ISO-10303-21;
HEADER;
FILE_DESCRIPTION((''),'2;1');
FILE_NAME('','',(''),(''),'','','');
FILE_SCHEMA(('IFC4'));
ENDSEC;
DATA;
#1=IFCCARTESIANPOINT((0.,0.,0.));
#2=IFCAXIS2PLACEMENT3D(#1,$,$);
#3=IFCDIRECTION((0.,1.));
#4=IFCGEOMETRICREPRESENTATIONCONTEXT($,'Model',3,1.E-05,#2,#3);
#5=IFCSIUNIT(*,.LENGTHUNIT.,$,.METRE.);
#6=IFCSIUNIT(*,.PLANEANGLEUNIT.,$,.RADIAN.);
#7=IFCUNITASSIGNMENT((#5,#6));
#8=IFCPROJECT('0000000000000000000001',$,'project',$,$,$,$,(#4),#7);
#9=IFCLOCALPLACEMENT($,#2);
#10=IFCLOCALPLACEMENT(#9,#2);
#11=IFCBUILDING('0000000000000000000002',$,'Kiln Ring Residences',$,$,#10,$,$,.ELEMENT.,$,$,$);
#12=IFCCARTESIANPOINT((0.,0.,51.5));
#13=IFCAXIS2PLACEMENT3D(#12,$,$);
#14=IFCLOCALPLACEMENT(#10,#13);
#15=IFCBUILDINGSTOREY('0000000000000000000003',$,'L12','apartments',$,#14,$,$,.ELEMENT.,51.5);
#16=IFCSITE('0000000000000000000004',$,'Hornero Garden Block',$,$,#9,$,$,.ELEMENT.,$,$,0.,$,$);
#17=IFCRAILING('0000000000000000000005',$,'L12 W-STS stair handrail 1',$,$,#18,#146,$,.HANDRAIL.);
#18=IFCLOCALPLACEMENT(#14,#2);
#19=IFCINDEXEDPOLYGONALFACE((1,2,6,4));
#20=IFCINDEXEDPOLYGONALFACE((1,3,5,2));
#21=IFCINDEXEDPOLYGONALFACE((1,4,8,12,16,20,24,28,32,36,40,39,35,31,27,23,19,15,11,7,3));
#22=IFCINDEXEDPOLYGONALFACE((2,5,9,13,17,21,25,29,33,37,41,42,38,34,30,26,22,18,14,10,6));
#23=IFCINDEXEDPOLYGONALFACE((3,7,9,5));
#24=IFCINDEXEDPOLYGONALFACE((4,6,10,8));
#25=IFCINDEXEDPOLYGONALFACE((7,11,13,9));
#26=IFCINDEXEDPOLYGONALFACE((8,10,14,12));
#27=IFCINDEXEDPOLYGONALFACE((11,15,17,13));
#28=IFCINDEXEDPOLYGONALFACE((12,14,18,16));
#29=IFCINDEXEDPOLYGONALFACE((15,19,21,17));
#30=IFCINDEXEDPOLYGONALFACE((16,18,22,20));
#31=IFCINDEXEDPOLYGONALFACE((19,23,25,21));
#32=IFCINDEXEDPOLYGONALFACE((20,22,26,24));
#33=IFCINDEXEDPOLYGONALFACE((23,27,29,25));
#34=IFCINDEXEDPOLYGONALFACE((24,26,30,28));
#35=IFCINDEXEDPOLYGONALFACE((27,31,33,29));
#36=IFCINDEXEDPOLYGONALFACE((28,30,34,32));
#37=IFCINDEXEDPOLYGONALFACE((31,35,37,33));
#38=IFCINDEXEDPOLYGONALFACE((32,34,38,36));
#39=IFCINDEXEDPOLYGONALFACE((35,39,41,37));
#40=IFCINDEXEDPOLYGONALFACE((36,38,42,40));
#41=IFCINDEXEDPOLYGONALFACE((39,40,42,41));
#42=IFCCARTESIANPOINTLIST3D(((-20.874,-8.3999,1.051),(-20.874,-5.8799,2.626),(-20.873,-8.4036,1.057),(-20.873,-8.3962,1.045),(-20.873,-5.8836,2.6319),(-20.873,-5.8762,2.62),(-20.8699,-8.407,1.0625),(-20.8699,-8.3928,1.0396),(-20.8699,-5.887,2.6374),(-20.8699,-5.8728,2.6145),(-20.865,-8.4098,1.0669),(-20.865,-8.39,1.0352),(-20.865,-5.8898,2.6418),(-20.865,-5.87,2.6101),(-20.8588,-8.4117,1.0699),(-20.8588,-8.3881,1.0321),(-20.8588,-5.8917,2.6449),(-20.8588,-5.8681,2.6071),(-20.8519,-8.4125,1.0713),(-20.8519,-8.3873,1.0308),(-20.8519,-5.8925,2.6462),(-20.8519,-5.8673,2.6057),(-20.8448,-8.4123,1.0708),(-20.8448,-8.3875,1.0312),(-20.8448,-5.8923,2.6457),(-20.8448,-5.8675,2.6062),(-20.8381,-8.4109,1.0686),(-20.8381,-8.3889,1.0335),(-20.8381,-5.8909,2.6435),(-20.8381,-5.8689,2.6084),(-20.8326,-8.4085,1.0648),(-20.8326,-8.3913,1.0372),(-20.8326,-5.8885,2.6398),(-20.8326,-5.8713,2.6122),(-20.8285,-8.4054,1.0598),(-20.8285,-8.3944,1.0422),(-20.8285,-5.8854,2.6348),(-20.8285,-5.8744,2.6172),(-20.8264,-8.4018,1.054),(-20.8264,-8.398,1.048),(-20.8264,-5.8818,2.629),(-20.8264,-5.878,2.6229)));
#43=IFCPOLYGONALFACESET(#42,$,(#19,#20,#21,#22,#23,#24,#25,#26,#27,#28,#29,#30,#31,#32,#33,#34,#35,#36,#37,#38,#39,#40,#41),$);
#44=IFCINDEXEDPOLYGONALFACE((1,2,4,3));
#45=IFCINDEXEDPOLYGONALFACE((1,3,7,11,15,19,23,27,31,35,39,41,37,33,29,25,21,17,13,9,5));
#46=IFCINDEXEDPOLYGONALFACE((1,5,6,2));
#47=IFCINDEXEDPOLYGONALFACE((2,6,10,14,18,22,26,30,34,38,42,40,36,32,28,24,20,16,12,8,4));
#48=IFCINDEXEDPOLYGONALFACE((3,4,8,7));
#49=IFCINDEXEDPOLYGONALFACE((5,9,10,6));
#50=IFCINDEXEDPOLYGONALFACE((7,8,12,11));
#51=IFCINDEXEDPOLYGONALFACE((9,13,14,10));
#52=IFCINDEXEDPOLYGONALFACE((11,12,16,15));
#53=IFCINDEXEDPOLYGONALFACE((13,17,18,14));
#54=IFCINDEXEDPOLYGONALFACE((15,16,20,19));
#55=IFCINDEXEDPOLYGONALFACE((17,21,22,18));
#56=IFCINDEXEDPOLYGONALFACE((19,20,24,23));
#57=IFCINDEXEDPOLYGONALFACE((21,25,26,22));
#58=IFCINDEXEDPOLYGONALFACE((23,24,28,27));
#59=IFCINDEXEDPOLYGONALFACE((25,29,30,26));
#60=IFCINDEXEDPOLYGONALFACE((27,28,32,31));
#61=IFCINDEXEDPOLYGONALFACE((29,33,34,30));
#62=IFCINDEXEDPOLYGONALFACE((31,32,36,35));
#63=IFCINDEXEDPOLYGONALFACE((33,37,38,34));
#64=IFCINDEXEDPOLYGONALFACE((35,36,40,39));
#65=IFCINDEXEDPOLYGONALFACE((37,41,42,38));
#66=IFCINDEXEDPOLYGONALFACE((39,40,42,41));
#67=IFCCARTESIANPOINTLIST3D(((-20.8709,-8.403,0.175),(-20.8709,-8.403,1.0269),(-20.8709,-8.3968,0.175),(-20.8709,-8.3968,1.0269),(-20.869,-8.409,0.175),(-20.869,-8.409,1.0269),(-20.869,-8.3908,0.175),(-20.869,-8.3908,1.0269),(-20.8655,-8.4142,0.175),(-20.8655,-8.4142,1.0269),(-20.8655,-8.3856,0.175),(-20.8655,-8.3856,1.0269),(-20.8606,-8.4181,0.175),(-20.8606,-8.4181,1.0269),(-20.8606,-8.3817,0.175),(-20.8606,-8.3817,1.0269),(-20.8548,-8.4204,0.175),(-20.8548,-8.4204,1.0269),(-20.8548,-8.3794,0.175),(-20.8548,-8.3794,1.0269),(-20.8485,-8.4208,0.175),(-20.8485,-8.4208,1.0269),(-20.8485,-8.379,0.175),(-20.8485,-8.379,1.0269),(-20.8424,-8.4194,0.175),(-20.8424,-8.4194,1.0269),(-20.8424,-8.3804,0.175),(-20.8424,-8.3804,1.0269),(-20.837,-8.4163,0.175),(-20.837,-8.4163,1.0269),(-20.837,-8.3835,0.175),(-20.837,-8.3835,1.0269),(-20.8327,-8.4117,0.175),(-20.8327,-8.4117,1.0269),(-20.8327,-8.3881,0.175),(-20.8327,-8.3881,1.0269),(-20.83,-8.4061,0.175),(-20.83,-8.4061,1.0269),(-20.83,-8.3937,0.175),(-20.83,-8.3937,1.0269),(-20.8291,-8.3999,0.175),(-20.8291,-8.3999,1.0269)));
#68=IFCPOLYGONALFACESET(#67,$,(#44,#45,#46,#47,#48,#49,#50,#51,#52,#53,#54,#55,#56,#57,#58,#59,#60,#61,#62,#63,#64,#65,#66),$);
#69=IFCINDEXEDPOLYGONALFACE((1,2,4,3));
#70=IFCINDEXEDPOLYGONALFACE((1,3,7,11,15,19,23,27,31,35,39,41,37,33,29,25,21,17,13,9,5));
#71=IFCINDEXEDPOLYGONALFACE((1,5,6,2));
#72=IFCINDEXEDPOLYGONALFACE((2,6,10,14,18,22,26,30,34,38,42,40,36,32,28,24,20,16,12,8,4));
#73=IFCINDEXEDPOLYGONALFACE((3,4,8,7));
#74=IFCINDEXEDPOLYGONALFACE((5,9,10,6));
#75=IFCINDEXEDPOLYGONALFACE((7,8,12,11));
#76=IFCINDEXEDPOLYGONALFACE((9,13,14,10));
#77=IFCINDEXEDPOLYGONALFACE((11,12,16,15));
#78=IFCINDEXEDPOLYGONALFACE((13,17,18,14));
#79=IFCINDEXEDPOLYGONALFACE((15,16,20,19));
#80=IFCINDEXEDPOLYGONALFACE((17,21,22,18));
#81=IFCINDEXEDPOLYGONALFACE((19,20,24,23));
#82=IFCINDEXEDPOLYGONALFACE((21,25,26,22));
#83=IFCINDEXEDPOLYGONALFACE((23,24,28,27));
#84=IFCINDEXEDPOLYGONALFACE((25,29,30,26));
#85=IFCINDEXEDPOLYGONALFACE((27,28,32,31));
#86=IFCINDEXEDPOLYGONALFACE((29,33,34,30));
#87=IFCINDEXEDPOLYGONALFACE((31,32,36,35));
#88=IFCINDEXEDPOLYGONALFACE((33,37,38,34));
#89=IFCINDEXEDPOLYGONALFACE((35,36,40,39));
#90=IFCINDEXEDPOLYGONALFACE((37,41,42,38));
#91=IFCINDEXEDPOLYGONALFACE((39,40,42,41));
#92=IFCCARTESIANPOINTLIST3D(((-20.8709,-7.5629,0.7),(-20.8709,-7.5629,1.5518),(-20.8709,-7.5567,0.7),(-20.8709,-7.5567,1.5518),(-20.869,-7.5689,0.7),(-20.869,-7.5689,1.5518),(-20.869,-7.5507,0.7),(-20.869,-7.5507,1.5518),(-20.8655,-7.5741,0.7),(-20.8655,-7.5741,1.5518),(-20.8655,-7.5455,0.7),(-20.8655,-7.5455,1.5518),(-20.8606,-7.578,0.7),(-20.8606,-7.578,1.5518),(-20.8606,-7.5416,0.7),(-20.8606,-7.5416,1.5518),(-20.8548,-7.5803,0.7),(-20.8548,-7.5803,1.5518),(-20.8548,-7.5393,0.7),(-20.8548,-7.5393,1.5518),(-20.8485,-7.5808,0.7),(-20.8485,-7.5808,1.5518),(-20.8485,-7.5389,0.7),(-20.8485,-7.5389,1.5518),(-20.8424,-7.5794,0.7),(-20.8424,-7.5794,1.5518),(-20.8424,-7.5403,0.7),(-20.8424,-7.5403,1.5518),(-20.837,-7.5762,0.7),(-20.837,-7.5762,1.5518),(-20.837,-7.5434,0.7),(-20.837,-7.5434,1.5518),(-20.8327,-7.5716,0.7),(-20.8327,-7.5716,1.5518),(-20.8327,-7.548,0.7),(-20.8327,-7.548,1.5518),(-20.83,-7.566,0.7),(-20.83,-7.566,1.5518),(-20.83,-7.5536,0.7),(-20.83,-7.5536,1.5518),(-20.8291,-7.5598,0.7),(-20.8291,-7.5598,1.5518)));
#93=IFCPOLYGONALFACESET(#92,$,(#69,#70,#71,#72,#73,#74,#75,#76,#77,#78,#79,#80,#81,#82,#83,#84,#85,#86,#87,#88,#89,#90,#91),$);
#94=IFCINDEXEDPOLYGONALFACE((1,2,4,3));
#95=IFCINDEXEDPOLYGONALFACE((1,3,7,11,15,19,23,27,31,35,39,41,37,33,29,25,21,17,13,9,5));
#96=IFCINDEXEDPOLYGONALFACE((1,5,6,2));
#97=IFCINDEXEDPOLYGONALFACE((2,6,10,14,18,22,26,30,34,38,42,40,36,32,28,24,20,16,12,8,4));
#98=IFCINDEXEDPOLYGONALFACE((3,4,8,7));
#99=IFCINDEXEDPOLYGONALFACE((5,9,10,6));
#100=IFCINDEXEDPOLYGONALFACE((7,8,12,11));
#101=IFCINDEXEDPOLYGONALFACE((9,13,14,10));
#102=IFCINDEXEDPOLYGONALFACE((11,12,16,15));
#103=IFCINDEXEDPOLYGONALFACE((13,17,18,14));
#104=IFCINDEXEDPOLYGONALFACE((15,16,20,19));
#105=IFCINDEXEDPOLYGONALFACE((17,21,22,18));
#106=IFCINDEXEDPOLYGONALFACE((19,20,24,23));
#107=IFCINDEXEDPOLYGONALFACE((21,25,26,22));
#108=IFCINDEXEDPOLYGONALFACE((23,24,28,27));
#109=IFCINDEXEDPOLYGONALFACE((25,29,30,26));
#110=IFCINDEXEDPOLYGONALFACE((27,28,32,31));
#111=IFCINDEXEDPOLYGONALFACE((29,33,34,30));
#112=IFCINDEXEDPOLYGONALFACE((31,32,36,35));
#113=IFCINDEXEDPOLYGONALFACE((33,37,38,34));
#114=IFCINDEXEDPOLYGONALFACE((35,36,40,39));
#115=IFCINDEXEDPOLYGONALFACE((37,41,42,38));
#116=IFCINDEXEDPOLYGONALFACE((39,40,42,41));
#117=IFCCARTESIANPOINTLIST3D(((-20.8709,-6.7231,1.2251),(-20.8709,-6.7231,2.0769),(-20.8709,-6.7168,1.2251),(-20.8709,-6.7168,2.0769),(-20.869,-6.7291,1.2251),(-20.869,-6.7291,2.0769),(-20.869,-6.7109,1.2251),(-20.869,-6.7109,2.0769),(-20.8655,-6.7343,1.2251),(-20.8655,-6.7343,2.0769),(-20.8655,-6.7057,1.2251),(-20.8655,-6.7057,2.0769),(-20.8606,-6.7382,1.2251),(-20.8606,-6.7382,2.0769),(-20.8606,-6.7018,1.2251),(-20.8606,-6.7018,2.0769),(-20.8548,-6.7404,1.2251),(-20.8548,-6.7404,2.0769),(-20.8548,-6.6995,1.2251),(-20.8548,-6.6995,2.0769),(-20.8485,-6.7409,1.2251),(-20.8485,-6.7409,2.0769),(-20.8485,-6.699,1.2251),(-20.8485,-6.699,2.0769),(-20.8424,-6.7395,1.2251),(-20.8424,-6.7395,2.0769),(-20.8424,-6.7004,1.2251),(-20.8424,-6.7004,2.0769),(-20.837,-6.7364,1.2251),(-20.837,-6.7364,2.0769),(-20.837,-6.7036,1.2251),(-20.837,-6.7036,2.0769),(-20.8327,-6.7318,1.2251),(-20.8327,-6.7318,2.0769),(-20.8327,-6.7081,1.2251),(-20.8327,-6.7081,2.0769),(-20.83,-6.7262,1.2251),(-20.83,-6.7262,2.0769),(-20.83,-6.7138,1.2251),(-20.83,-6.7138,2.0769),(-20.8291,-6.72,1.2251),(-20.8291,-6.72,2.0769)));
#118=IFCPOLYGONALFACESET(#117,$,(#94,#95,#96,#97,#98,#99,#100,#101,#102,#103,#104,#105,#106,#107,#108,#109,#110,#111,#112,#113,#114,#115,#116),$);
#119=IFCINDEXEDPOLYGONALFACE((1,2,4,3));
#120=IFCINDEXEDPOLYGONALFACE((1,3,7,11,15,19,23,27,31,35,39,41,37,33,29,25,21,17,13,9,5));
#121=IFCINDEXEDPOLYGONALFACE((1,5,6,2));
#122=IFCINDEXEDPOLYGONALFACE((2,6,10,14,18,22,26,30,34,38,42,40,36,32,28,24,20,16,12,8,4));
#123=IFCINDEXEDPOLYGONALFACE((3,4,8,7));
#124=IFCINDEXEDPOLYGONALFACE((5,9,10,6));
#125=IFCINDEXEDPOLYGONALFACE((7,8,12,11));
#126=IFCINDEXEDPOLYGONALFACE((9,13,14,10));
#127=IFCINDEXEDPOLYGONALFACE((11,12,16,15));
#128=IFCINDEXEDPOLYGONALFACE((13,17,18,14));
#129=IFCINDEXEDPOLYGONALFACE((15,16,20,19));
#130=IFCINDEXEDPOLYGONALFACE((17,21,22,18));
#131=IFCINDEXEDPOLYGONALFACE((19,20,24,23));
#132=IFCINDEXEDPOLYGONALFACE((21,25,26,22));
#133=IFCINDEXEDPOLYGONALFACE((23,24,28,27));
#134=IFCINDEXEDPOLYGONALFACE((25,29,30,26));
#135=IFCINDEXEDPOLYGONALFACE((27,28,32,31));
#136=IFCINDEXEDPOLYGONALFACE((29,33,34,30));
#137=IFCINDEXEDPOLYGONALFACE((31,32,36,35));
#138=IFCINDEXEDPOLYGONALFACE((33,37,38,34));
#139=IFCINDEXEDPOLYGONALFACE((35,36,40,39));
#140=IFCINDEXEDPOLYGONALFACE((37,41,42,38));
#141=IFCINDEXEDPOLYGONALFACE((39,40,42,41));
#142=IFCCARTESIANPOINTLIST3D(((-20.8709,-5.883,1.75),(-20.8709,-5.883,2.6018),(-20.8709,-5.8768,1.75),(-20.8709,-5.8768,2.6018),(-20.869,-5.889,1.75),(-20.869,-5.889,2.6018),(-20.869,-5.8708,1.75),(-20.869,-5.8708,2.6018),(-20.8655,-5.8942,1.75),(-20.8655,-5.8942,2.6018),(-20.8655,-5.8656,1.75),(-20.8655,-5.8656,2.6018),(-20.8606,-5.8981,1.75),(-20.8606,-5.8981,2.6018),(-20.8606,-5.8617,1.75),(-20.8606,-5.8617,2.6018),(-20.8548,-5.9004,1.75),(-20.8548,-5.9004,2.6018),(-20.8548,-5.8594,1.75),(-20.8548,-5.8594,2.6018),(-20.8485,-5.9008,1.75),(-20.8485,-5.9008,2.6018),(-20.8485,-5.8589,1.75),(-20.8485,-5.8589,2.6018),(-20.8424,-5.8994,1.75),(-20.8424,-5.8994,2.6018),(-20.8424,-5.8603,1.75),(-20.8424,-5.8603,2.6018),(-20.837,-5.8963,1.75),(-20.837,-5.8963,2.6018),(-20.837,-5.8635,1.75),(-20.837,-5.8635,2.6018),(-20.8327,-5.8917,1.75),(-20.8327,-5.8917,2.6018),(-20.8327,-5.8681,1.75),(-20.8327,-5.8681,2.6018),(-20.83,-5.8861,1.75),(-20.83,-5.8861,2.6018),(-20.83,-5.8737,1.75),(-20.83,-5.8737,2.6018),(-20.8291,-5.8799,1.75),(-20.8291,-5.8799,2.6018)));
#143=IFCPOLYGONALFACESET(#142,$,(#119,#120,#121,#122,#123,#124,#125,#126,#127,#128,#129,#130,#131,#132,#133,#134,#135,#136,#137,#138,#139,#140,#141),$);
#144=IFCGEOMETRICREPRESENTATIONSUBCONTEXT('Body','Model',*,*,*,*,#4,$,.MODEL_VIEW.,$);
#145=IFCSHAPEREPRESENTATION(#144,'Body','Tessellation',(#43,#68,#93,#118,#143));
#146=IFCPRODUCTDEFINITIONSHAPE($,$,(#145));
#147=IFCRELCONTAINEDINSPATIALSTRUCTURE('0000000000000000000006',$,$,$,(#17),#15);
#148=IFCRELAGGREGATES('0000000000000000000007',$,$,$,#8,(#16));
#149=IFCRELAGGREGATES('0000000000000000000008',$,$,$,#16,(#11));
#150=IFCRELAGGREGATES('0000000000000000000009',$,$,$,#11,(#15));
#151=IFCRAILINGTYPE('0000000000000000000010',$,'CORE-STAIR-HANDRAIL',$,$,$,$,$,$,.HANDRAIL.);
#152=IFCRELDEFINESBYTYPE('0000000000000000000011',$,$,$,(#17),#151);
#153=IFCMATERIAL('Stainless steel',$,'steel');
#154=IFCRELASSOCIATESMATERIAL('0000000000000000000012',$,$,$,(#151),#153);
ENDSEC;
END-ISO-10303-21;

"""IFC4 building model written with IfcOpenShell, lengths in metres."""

from ifc_helpers import new_model, si_unit, direction, frame, origin, origin_2d, place, context, subcontext, project, spatial, circle, extrude, material, type_object, element, save


model = new_model("IFC4")

# Units and contexts
model_context = context("Model", 3, precision=1e-05, world=origin(), true_north=direction((0.0, 1.0)))
body_context = subcontext(model_context, "Body", "Model", "MODEL_VIEW")
ifc_project = project(units=[si_unit("LENGTHUNIT", "METRE"), si_unit("PLANEANGLEUNIT", "RADIAN")], contexts=[model_context])

# Site, building, storey
site_placement = place(None, origin())
site = spatial("IfcSite", under=ifc_project, at=site_placement, Name="Hornero Garden Block", CompositionType="ELEMENT", RefElevation=0.0)
building_placement = place(site_placement, origin())
building = spatial("IfcBuilding", under=site, at=building_placement, Name="Kiln Ring Residences", CompositionType="ELEMENT")
storey_placement = place(building_placement, frame((0.0, 0.0, 51.5)))
storey = spatial("IfcBuildingStorey", under=building, at=storey_placement, Name="L12", Description="apartments", CompositionType="ELEMENT", Elevation=51.5)

# Railing
ifc_material_1 = material(Name="Stainless steel", Category="steel")
railing_type_1 = type_object("IfcRailingType", Name="CORE-STAIR-HANDRAIL", PredefinedType="HANDRAIL", material=ifc_material_1)
railing_1_placement = place(storey_placement, frame((-20.8501, -8.3999, 0.175)))
element("IfcRailing", 1, at=railing_1_placement, inside=storey, type_object=railing_type_1, Name="L12 W-STS stair handrail 1", PredefinedType="HANDRAIL", context=body_context, shape_type="SweptSolid", body=[
    extrude(circle(Radius=0.0239, at=origin_2d()), frame((0.0, 0.0, 0.876), z_axis=(0.0, 0.848008, 0.529984), x_axis=(-1.0, 0.0, 0.0)), (0.0, 0.0, 1.0), 2.9717),
    extrude(circle(Radius=0.021, at=origin_2d()), origin(), (0.0, 0.0, 1.0), 0.8518),
    extrude(circle(Radius=0.021, at=origin_2d()), frame((0.0, 0.8401, 0.5249)), (0.0, 0.0, 1.0), 0.8518),
    extrude(circle(Radius=0.021, at=origin_2d()), frame((0.0, 1.6799, 1.05)), (0.0, 0.0, 1.0), 0.8518),
    extrude(circle(Radius=0.021, at=origin_2d()), frame((0.0, 2.52, 1.575)), (0.0, 0.0, 1.0), 0.8518),
])

save(model, "model.ifc")
